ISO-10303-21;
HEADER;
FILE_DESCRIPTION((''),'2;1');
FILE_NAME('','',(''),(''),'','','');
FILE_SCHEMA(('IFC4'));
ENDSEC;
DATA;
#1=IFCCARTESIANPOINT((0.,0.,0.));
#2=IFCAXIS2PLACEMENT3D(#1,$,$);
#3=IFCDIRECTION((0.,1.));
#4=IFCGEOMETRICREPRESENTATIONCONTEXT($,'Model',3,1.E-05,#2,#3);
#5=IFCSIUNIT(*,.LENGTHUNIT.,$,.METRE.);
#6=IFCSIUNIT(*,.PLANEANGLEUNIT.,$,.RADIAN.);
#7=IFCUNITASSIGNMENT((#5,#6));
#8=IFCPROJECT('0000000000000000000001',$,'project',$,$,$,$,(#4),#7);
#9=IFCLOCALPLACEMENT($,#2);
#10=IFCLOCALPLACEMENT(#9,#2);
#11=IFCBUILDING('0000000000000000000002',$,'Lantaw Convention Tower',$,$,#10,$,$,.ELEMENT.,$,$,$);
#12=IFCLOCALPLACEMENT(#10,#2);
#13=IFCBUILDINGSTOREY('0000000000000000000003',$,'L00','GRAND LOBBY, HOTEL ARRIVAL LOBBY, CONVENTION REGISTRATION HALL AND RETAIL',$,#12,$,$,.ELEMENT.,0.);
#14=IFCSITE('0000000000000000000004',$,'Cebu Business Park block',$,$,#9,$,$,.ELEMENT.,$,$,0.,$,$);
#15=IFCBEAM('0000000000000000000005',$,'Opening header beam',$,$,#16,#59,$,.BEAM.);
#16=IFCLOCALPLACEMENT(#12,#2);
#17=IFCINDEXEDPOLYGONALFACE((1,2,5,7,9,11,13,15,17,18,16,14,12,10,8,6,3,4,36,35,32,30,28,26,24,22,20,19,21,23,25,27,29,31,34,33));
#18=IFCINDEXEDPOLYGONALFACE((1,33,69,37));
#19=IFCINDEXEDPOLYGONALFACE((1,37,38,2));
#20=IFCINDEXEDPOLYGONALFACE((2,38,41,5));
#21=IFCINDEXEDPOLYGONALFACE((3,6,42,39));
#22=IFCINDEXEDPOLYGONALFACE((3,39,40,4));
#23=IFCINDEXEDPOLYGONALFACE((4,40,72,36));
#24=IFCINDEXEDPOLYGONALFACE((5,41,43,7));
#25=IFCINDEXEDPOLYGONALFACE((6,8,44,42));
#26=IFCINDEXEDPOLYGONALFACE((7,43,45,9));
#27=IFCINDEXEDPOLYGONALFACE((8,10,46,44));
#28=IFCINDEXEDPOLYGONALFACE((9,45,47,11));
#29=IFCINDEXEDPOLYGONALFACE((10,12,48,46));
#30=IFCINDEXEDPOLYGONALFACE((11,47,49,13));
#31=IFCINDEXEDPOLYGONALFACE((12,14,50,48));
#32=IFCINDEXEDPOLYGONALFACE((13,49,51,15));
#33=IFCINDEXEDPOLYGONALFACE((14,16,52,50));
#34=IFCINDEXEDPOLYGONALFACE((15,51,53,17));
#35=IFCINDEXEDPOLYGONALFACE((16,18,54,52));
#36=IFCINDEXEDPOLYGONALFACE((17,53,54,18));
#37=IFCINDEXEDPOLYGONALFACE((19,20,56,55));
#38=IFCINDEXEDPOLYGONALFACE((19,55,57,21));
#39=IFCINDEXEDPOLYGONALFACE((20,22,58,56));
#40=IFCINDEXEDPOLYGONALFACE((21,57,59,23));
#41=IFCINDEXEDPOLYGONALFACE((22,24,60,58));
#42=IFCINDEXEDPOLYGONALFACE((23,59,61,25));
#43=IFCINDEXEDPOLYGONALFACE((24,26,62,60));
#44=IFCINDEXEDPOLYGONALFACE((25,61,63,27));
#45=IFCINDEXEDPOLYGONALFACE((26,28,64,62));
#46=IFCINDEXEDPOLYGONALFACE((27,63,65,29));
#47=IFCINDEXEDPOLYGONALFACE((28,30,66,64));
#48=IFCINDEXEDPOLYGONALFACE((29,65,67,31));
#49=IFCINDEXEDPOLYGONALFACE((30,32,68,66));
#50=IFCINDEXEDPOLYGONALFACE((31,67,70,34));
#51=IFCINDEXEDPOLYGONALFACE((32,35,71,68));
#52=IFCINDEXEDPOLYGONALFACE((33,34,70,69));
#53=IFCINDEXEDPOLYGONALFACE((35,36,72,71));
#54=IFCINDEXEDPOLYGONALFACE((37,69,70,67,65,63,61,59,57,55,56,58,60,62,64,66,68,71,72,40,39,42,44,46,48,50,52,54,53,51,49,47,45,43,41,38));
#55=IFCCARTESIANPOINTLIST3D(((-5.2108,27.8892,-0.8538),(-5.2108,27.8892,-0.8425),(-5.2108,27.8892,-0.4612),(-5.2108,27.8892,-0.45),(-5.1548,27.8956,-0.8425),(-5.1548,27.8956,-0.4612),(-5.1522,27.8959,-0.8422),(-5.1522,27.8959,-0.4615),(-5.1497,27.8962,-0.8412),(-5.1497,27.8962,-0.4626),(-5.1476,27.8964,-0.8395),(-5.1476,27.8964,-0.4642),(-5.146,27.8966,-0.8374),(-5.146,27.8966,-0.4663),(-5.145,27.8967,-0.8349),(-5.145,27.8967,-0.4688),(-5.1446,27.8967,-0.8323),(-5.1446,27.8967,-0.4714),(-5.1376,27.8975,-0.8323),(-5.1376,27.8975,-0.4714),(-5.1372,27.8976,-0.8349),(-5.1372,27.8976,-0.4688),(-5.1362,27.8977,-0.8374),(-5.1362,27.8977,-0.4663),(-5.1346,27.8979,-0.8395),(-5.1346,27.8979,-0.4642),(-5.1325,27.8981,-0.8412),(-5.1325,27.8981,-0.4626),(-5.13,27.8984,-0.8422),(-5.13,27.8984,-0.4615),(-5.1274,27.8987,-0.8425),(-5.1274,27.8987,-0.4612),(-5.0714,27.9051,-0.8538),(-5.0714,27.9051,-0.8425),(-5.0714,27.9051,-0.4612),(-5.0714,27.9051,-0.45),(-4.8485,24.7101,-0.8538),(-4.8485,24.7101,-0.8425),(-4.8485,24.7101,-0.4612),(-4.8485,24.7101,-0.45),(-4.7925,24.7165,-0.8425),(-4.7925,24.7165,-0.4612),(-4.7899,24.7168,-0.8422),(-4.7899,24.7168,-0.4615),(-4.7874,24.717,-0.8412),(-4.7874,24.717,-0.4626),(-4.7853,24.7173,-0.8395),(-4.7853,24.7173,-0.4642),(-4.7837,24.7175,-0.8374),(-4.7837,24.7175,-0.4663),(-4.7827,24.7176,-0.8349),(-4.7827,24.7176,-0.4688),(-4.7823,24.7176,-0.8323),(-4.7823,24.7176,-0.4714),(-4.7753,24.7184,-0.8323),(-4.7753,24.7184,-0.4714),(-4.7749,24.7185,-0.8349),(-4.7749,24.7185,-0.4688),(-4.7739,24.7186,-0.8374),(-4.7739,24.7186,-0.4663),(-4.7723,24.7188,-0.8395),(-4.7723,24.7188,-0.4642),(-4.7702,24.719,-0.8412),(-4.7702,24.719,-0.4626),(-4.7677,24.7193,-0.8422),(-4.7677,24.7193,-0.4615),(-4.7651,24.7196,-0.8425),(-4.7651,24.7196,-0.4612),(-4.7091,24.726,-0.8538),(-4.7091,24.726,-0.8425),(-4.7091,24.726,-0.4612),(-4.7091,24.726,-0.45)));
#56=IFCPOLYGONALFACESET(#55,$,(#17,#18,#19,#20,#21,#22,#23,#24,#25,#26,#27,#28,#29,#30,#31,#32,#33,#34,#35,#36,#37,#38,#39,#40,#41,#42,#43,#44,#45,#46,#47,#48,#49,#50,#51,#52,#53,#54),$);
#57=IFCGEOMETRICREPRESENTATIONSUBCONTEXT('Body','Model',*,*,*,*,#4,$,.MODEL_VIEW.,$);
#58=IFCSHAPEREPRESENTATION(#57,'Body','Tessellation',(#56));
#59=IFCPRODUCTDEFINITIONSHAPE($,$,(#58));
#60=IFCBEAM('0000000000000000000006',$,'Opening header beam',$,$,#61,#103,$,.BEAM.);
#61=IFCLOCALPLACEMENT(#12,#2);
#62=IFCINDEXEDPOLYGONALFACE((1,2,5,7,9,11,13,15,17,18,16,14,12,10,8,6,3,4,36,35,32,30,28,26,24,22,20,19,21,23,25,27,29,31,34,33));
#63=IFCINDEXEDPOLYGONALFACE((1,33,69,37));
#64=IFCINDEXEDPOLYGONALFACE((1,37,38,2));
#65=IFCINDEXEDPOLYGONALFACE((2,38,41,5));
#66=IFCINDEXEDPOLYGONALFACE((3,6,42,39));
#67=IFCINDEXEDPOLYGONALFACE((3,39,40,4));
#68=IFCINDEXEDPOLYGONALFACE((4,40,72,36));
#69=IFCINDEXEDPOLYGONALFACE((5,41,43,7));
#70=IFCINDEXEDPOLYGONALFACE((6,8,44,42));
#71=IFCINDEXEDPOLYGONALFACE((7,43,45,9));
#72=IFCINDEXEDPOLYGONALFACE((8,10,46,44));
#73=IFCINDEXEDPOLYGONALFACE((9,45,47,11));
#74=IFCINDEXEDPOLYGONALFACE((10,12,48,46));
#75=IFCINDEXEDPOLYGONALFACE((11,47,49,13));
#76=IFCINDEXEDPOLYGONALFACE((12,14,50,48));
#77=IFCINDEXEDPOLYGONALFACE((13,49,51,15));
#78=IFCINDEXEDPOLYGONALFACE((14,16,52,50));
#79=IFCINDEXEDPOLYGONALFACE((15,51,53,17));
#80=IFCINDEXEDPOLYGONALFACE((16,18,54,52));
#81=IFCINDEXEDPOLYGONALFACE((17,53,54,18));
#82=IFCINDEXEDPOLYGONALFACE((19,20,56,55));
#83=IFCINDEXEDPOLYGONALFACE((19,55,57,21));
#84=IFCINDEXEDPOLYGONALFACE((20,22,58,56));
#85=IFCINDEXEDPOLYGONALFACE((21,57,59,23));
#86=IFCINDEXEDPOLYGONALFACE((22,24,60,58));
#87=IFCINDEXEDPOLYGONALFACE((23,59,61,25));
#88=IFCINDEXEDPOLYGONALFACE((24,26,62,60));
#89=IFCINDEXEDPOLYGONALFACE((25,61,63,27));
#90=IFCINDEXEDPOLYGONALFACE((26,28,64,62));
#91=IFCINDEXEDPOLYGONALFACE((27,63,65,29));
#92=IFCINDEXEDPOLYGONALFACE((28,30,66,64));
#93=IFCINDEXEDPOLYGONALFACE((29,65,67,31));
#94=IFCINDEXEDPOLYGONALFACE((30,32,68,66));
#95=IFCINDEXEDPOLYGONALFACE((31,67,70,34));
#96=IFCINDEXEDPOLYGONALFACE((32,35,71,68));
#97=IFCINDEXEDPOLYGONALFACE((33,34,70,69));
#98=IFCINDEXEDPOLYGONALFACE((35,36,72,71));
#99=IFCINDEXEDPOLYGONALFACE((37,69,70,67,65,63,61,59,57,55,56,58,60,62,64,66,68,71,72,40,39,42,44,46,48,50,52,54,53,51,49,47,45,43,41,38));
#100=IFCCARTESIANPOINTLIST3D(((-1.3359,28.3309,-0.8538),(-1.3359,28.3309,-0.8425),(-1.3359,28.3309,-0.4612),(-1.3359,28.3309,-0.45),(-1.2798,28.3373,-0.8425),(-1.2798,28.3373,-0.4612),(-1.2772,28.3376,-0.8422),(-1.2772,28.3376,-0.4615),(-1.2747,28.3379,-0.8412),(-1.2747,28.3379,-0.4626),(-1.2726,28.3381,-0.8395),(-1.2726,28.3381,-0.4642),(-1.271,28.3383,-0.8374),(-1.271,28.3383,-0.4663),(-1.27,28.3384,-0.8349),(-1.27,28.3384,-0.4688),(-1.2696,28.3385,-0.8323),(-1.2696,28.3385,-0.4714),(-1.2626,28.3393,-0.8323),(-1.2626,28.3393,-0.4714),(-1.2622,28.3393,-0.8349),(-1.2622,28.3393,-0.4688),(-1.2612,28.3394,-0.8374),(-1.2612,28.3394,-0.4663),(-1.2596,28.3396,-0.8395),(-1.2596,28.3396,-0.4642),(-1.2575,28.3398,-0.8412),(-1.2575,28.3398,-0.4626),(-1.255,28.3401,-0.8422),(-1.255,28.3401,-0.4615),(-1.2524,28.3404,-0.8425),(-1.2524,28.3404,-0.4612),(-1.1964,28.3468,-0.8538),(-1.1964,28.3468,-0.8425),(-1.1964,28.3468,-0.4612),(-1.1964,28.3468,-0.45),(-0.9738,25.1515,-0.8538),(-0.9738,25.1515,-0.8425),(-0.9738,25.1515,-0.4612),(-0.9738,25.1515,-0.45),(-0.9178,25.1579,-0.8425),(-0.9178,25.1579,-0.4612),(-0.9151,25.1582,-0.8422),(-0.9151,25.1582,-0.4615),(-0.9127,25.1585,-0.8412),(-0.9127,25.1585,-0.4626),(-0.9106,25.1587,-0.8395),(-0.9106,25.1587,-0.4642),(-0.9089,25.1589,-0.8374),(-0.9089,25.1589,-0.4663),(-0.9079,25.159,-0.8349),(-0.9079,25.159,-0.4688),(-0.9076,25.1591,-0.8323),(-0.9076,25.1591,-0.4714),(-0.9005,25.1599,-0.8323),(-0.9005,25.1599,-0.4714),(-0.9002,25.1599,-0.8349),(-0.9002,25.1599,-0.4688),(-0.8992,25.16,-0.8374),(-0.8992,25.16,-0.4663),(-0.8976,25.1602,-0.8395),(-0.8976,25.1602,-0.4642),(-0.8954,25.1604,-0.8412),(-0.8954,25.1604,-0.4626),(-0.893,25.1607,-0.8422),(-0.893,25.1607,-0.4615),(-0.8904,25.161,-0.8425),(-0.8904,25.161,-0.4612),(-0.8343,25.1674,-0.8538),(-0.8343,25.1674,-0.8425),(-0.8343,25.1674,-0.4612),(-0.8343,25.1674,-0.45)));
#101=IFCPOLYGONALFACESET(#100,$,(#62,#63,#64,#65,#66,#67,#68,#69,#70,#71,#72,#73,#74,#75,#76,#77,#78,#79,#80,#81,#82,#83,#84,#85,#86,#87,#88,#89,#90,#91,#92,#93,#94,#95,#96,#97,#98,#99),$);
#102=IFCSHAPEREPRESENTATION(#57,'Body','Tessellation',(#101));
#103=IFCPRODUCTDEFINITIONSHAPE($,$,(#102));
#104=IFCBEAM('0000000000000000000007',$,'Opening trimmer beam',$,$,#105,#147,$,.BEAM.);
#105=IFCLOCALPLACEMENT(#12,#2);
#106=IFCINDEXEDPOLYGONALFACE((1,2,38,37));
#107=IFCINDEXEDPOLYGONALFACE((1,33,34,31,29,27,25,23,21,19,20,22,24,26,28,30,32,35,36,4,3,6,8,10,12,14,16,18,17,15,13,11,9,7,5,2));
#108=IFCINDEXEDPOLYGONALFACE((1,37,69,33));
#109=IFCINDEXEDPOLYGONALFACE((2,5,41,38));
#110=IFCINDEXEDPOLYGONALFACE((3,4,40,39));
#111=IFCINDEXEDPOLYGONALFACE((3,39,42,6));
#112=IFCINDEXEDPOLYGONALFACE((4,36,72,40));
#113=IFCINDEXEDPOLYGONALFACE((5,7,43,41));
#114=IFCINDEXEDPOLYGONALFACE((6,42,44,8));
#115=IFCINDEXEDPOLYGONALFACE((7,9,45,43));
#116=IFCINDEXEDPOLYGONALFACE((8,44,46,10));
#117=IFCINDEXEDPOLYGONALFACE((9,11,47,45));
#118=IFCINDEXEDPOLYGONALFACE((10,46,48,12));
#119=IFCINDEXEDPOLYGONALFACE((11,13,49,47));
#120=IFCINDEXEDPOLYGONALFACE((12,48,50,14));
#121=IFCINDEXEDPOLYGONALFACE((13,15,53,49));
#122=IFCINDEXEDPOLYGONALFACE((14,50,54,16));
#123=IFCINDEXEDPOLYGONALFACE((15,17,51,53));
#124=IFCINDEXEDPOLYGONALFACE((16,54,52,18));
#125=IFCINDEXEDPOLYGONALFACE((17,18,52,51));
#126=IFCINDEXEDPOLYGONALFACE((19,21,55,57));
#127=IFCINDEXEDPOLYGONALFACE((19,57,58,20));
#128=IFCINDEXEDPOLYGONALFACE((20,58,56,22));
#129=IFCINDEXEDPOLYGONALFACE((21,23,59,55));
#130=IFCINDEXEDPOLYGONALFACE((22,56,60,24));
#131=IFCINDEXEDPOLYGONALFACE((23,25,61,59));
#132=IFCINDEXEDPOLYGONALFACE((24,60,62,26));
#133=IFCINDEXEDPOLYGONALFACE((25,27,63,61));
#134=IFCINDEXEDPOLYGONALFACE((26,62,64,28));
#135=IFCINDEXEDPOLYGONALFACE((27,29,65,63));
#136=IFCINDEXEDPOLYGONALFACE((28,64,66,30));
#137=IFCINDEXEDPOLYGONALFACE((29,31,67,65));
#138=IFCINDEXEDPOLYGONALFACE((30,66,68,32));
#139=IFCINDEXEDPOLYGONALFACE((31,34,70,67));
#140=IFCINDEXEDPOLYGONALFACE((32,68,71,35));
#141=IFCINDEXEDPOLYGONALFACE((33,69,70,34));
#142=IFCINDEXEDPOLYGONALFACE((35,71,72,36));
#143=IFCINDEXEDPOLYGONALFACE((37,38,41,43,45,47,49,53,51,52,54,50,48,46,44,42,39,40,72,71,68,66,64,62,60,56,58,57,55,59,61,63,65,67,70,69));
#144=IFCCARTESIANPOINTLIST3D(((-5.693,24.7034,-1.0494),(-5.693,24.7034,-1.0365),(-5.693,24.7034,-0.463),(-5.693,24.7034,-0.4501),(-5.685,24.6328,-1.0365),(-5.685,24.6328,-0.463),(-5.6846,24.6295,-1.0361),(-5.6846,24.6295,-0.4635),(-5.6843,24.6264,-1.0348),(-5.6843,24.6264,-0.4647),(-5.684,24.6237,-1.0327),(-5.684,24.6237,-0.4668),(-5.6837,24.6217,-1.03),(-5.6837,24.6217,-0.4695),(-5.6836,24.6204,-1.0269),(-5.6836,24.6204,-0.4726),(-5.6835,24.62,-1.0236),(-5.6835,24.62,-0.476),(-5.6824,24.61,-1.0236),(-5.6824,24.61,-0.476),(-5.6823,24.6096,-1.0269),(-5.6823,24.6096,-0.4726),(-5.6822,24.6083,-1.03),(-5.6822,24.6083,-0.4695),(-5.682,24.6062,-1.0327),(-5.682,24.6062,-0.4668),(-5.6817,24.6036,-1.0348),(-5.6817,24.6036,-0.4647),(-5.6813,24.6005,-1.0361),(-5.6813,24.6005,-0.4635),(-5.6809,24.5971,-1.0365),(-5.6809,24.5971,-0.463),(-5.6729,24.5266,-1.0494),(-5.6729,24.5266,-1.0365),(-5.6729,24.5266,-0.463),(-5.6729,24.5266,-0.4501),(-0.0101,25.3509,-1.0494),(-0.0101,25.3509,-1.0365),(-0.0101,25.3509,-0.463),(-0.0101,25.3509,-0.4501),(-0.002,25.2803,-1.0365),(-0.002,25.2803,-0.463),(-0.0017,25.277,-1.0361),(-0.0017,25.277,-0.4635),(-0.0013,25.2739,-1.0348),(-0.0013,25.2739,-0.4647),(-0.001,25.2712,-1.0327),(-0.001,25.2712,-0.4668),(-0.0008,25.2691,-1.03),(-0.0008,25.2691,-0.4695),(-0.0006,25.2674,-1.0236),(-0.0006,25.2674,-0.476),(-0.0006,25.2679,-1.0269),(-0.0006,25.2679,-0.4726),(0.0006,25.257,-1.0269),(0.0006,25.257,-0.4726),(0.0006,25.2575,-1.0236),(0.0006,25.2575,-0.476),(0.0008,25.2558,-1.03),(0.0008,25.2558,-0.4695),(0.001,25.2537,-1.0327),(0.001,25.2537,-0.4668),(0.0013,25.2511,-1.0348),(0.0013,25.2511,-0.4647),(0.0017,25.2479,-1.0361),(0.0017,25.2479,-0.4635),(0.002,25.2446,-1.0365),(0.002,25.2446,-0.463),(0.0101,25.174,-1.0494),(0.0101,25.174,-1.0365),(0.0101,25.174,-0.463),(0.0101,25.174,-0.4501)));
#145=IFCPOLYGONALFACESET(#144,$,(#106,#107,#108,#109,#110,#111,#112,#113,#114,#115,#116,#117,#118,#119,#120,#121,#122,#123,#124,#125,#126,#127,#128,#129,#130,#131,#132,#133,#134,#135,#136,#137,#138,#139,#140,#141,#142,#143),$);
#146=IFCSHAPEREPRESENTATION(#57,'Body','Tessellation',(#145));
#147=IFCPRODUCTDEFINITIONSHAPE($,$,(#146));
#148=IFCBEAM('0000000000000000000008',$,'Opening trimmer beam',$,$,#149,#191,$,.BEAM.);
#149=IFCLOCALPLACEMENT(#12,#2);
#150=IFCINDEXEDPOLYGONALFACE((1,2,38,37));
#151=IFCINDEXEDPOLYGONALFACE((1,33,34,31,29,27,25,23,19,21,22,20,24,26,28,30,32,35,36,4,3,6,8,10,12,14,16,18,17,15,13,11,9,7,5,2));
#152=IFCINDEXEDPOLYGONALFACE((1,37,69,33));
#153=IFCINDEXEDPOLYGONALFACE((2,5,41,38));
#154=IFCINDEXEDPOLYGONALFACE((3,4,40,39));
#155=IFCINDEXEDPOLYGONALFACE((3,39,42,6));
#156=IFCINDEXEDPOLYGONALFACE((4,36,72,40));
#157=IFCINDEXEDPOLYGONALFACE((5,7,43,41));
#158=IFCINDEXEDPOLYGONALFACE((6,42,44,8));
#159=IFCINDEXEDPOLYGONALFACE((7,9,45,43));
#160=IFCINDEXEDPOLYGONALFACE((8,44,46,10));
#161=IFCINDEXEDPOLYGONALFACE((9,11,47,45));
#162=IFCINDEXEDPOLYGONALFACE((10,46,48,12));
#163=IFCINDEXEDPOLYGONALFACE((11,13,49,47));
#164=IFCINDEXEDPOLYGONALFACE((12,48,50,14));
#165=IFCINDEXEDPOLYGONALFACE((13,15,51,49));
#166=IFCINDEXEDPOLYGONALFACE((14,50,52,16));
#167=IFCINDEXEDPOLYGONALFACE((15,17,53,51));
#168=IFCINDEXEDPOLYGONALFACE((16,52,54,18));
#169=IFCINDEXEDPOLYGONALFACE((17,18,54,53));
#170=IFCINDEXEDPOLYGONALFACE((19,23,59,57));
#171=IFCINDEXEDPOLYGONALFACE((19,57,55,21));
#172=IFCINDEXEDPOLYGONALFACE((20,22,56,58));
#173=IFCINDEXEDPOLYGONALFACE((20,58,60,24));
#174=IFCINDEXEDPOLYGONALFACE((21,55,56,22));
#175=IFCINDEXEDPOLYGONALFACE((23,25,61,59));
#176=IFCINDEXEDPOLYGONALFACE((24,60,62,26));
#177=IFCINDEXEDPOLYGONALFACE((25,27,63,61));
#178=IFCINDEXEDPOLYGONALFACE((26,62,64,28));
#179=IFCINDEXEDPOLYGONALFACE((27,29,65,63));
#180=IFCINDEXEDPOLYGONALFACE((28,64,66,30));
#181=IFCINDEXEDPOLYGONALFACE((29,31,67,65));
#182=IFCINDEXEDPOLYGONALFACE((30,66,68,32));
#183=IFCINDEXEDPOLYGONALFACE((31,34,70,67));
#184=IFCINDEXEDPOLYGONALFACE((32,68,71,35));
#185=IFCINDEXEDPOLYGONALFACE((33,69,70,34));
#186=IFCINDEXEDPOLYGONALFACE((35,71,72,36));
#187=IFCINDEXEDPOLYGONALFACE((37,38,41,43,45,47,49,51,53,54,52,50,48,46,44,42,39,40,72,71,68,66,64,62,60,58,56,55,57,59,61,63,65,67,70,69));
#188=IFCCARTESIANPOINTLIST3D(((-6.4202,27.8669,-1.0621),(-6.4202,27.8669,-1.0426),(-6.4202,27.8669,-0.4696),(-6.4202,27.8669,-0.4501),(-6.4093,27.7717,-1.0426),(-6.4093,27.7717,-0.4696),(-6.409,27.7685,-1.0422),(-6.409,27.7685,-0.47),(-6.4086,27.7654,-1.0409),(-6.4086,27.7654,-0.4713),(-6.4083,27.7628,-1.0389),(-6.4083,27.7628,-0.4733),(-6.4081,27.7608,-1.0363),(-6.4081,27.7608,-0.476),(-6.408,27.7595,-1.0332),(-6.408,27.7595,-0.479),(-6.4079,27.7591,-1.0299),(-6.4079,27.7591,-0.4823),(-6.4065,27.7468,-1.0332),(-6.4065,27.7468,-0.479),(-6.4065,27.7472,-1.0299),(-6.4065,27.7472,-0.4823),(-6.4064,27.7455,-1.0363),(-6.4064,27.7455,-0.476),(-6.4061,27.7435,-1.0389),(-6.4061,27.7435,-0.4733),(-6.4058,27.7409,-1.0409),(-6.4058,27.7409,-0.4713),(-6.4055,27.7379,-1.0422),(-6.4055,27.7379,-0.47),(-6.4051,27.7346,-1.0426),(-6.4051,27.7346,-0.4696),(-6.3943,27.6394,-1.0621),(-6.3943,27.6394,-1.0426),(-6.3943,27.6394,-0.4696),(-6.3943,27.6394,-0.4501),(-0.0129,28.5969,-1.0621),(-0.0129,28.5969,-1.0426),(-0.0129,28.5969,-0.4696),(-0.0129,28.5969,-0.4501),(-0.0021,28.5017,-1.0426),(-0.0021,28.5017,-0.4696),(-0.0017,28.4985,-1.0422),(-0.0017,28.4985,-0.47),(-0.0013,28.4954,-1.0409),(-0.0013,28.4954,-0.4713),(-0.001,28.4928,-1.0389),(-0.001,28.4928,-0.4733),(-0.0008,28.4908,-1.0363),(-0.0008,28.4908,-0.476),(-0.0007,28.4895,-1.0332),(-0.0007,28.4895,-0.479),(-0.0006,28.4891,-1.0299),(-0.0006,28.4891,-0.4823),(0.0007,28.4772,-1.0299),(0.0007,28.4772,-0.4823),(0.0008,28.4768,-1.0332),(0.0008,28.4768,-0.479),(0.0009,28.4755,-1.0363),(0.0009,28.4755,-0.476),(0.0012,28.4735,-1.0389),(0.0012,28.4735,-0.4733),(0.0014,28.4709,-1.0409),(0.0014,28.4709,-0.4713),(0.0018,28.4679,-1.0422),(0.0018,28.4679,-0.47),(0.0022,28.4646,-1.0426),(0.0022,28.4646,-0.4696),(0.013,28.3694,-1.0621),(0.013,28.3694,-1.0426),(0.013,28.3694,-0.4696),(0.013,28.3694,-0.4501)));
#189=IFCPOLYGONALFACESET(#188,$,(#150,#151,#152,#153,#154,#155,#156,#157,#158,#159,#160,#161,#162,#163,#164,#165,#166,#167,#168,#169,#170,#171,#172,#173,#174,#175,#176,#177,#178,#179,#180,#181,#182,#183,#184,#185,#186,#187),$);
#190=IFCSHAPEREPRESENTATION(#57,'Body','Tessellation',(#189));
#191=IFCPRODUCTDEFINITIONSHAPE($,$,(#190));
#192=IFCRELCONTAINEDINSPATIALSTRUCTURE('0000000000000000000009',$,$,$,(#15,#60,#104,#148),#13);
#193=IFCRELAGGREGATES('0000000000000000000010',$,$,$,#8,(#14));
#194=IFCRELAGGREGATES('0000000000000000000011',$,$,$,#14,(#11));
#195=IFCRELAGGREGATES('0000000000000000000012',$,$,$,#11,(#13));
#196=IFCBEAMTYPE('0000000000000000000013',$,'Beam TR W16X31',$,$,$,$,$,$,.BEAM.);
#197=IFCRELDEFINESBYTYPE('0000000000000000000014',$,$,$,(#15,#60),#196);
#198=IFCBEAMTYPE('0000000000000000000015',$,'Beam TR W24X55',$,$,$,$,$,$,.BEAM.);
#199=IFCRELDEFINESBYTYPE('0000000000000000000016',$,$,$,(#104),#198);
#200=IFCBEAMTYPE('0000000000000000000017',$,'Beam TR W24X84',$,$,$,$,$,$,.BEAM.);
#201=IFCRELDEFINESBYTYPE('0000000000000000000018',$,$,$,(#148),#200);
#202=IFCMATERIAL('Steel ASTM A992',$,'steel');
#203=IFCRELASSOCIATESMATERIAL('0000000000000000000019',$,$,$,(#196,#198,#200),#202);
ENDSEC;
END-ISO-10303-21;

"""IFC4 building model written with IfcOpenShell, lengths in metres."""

from ifc_helpers import new_model, si_unit, direction, frame, origin, origin_2d, place, context, subcontext, project, spatial, i_section, extrude, material, material_profile, profile_set, type_object, element, save


model = new_model("IFC4")

# Units and contexts
model_context = context("Model", 3, precision=1e-05, world=origin(), true_north=direction((0.0, 1.0)))
body_context = subcontext(model_context, "Body", "Model", "MODEL_VIEW")
ifc_project = project(units=[si_unit("LENGTHUNIT", "METRE"), si_unit("PLANEANGLEUNIT", "RADIAN")], contexts=[model_context])

# Site, building, storey
site_placement = place(None, origin())
site = spatial("IfcSite", under=ifc_project, at=site_placement, Name="Cebu Business Park block", CompositionType="ELEMENT", RefElevation=0.0)
building_placement = place(site_placement, origin())
building = spatial("IfcBuilding", under=site, at=building_placement, Name="Lantaw Convention Tower", CompositionType="ELEMENT")
storey_placement = place(building_placement, origin())
storey = spatial("IfcBuildingStorey", under=building, at=storey_placement, Name="L00", Description="GRAND LOBBY, HOTEL ARRIVAL LOBBY, CONVENTION REGISTRATION HALL AND RETAIL", CompositionType="ELEMENT", Elevation=0.0)

# Beams
ifc_material_1 = material(Name="Steel ASTM A992", Category="steel")
ifc_material_profile_1 = material_profile(ifc_material_1, i_section(OverallWidth=0.1404, OverallDepth=0.4038, WebThickness=0.0071, FlangeThickness=0.0112, FilletRadius=0.0103, at=origin_2d()), Name="W16X31")
ifc_profile_set_1 = profile_set([ifc_material_profile_1], Name="Steel ASTM A992")
beam_type_1 = type_object("IfcBeamType", Name="Beam TR W16X31", PredefinedType="BEAM", material=ifc_profile_set_1)
beam_1_placement = place(storey_placement, frame((-4.7788, 24.718, -0.6519), z_axis=(-0.113228, 0.993569, 0.0), x_axis=(-0.993569, -0.113228, 0.0)))
element("IfcBeam", 1, at=beam_1_placement, inside=storey, type_object=beam_type_1, Name="Opening header beam", PredefinedType="BEAM", context=body_context, shape_type="SweptSolid", body=[
    extrude(i_section(OverallWidth=0.1404, OverallDepth=0.4038, WebThickness=0.0071, FlangeThickness=0.0112, FilletRadius=0.0103, at=origin_2d()), origin(), (0.0, 0.0, 1.0), 3.1997),
])
beam_2_placement = place(storey_placement, frame((-1.2661, 28.3389, -0.6519), z_axis=(0.113144, -0.993579, 0.0), x_axis=(0.993579, 0.113144, 0.0)))
element("IfcBeam", 2, at=beam_2_placement, inside=storey, type_object=beam_type_1, Name="Opening header beam", PredefinedType="BEAM", context=body_context, shape_type="SweptSolid", body=[
    extrude(i_section(OverallWidth=0.1404, OverallDepth=0.4038, WebThickness=0.0071, FlangeThickness=0.0112, FilletRadius=0.0103, at=origin_2d()), origin(), (0.0, 0.0, 1.0), 3.2),
])
ifc_material_profile_2 = material_profile(ifc_material_1, i_section(OverallWidth=0.178, OverallDepth=0.5994, WebThickness=0.01, FlangeThickness=0.0129, FilletRadius=0.0129, at=origin_2d()), Name="W24X55")
ifc_profile_set_2 = profile_set([ifc_material_profile_2], Name="Steel ASTM A992")
beam_type_2 = type_object("IfcBeamType", Name="Beam TR W24X55", PredefinedType="BEAM", material=ifc_profile_set_2)
beam_3_placement = place(storey_placement, frame((0.0, 25.2625, -0.7498), z_axis=(-0.993572, -0.1132, 0.0), x_axis=(0.1132, -0.993572, 0.0)))
element("IfcBeam", 3, at=beam_3_placement, inside=storey, type_object=beam_type_2, Name="Opening trimmer beam", PredefinedType="BEAM", context=body_context, shape_type="SweptSolid", body=[
    extrude(i_section(OverallWidth=0.178, OverallDepth=0.5994, WebThickness=0.01, FlangeThickness=0.0129, FilletRadius=0.0129, at=origin_2d()), origin(), (0.0, 0.0, 1.0), 5.7197),
])
ifc_material_profile_3 = material_profile(ifc_material_1, i_section(OverallWidth=0.229, OverallDepth=0.6121, WebThickness=0.012, FlangeThickness=0.0195, FilletRadius=0.0127, at=origin_2d()), Name="W24X84")
ifc_profile_set_3 = profile_set([ifc_material_profile_3], Name="Steel ASTM A992")
beam_type_3 = type_object("IfcBeamType", Name="Beam TR W24X84", PredefinedType="BEAM", material=ifc_profile_set_3)
beam_4_placement = place(storey_placement, frame((-6.4072, 27.7532, -0.7561), z_axis=(0.993572, 0.113199, 0.0), x_axis=(-0.113199, 0.993572, 0.0)))
element("IfcBeam", 4, at=beam_4_placement, inside=storey, type_object=beam_type_3, Name="Opening trimmer beam", PredefinedType="BEAM", context=body_context, shape_type="SweptSolid", body=[
    extrude(i_section(OverallWidth=0.229, OverallDepth=0.6121, WebThickness=0.012, FlangeThickness=0.0195, FilletRadius=0.0127, at=origin_2d()), origin(), (0.0, 0.0, 1.0), 6.4487),
])

save(model, "model.ifc")
